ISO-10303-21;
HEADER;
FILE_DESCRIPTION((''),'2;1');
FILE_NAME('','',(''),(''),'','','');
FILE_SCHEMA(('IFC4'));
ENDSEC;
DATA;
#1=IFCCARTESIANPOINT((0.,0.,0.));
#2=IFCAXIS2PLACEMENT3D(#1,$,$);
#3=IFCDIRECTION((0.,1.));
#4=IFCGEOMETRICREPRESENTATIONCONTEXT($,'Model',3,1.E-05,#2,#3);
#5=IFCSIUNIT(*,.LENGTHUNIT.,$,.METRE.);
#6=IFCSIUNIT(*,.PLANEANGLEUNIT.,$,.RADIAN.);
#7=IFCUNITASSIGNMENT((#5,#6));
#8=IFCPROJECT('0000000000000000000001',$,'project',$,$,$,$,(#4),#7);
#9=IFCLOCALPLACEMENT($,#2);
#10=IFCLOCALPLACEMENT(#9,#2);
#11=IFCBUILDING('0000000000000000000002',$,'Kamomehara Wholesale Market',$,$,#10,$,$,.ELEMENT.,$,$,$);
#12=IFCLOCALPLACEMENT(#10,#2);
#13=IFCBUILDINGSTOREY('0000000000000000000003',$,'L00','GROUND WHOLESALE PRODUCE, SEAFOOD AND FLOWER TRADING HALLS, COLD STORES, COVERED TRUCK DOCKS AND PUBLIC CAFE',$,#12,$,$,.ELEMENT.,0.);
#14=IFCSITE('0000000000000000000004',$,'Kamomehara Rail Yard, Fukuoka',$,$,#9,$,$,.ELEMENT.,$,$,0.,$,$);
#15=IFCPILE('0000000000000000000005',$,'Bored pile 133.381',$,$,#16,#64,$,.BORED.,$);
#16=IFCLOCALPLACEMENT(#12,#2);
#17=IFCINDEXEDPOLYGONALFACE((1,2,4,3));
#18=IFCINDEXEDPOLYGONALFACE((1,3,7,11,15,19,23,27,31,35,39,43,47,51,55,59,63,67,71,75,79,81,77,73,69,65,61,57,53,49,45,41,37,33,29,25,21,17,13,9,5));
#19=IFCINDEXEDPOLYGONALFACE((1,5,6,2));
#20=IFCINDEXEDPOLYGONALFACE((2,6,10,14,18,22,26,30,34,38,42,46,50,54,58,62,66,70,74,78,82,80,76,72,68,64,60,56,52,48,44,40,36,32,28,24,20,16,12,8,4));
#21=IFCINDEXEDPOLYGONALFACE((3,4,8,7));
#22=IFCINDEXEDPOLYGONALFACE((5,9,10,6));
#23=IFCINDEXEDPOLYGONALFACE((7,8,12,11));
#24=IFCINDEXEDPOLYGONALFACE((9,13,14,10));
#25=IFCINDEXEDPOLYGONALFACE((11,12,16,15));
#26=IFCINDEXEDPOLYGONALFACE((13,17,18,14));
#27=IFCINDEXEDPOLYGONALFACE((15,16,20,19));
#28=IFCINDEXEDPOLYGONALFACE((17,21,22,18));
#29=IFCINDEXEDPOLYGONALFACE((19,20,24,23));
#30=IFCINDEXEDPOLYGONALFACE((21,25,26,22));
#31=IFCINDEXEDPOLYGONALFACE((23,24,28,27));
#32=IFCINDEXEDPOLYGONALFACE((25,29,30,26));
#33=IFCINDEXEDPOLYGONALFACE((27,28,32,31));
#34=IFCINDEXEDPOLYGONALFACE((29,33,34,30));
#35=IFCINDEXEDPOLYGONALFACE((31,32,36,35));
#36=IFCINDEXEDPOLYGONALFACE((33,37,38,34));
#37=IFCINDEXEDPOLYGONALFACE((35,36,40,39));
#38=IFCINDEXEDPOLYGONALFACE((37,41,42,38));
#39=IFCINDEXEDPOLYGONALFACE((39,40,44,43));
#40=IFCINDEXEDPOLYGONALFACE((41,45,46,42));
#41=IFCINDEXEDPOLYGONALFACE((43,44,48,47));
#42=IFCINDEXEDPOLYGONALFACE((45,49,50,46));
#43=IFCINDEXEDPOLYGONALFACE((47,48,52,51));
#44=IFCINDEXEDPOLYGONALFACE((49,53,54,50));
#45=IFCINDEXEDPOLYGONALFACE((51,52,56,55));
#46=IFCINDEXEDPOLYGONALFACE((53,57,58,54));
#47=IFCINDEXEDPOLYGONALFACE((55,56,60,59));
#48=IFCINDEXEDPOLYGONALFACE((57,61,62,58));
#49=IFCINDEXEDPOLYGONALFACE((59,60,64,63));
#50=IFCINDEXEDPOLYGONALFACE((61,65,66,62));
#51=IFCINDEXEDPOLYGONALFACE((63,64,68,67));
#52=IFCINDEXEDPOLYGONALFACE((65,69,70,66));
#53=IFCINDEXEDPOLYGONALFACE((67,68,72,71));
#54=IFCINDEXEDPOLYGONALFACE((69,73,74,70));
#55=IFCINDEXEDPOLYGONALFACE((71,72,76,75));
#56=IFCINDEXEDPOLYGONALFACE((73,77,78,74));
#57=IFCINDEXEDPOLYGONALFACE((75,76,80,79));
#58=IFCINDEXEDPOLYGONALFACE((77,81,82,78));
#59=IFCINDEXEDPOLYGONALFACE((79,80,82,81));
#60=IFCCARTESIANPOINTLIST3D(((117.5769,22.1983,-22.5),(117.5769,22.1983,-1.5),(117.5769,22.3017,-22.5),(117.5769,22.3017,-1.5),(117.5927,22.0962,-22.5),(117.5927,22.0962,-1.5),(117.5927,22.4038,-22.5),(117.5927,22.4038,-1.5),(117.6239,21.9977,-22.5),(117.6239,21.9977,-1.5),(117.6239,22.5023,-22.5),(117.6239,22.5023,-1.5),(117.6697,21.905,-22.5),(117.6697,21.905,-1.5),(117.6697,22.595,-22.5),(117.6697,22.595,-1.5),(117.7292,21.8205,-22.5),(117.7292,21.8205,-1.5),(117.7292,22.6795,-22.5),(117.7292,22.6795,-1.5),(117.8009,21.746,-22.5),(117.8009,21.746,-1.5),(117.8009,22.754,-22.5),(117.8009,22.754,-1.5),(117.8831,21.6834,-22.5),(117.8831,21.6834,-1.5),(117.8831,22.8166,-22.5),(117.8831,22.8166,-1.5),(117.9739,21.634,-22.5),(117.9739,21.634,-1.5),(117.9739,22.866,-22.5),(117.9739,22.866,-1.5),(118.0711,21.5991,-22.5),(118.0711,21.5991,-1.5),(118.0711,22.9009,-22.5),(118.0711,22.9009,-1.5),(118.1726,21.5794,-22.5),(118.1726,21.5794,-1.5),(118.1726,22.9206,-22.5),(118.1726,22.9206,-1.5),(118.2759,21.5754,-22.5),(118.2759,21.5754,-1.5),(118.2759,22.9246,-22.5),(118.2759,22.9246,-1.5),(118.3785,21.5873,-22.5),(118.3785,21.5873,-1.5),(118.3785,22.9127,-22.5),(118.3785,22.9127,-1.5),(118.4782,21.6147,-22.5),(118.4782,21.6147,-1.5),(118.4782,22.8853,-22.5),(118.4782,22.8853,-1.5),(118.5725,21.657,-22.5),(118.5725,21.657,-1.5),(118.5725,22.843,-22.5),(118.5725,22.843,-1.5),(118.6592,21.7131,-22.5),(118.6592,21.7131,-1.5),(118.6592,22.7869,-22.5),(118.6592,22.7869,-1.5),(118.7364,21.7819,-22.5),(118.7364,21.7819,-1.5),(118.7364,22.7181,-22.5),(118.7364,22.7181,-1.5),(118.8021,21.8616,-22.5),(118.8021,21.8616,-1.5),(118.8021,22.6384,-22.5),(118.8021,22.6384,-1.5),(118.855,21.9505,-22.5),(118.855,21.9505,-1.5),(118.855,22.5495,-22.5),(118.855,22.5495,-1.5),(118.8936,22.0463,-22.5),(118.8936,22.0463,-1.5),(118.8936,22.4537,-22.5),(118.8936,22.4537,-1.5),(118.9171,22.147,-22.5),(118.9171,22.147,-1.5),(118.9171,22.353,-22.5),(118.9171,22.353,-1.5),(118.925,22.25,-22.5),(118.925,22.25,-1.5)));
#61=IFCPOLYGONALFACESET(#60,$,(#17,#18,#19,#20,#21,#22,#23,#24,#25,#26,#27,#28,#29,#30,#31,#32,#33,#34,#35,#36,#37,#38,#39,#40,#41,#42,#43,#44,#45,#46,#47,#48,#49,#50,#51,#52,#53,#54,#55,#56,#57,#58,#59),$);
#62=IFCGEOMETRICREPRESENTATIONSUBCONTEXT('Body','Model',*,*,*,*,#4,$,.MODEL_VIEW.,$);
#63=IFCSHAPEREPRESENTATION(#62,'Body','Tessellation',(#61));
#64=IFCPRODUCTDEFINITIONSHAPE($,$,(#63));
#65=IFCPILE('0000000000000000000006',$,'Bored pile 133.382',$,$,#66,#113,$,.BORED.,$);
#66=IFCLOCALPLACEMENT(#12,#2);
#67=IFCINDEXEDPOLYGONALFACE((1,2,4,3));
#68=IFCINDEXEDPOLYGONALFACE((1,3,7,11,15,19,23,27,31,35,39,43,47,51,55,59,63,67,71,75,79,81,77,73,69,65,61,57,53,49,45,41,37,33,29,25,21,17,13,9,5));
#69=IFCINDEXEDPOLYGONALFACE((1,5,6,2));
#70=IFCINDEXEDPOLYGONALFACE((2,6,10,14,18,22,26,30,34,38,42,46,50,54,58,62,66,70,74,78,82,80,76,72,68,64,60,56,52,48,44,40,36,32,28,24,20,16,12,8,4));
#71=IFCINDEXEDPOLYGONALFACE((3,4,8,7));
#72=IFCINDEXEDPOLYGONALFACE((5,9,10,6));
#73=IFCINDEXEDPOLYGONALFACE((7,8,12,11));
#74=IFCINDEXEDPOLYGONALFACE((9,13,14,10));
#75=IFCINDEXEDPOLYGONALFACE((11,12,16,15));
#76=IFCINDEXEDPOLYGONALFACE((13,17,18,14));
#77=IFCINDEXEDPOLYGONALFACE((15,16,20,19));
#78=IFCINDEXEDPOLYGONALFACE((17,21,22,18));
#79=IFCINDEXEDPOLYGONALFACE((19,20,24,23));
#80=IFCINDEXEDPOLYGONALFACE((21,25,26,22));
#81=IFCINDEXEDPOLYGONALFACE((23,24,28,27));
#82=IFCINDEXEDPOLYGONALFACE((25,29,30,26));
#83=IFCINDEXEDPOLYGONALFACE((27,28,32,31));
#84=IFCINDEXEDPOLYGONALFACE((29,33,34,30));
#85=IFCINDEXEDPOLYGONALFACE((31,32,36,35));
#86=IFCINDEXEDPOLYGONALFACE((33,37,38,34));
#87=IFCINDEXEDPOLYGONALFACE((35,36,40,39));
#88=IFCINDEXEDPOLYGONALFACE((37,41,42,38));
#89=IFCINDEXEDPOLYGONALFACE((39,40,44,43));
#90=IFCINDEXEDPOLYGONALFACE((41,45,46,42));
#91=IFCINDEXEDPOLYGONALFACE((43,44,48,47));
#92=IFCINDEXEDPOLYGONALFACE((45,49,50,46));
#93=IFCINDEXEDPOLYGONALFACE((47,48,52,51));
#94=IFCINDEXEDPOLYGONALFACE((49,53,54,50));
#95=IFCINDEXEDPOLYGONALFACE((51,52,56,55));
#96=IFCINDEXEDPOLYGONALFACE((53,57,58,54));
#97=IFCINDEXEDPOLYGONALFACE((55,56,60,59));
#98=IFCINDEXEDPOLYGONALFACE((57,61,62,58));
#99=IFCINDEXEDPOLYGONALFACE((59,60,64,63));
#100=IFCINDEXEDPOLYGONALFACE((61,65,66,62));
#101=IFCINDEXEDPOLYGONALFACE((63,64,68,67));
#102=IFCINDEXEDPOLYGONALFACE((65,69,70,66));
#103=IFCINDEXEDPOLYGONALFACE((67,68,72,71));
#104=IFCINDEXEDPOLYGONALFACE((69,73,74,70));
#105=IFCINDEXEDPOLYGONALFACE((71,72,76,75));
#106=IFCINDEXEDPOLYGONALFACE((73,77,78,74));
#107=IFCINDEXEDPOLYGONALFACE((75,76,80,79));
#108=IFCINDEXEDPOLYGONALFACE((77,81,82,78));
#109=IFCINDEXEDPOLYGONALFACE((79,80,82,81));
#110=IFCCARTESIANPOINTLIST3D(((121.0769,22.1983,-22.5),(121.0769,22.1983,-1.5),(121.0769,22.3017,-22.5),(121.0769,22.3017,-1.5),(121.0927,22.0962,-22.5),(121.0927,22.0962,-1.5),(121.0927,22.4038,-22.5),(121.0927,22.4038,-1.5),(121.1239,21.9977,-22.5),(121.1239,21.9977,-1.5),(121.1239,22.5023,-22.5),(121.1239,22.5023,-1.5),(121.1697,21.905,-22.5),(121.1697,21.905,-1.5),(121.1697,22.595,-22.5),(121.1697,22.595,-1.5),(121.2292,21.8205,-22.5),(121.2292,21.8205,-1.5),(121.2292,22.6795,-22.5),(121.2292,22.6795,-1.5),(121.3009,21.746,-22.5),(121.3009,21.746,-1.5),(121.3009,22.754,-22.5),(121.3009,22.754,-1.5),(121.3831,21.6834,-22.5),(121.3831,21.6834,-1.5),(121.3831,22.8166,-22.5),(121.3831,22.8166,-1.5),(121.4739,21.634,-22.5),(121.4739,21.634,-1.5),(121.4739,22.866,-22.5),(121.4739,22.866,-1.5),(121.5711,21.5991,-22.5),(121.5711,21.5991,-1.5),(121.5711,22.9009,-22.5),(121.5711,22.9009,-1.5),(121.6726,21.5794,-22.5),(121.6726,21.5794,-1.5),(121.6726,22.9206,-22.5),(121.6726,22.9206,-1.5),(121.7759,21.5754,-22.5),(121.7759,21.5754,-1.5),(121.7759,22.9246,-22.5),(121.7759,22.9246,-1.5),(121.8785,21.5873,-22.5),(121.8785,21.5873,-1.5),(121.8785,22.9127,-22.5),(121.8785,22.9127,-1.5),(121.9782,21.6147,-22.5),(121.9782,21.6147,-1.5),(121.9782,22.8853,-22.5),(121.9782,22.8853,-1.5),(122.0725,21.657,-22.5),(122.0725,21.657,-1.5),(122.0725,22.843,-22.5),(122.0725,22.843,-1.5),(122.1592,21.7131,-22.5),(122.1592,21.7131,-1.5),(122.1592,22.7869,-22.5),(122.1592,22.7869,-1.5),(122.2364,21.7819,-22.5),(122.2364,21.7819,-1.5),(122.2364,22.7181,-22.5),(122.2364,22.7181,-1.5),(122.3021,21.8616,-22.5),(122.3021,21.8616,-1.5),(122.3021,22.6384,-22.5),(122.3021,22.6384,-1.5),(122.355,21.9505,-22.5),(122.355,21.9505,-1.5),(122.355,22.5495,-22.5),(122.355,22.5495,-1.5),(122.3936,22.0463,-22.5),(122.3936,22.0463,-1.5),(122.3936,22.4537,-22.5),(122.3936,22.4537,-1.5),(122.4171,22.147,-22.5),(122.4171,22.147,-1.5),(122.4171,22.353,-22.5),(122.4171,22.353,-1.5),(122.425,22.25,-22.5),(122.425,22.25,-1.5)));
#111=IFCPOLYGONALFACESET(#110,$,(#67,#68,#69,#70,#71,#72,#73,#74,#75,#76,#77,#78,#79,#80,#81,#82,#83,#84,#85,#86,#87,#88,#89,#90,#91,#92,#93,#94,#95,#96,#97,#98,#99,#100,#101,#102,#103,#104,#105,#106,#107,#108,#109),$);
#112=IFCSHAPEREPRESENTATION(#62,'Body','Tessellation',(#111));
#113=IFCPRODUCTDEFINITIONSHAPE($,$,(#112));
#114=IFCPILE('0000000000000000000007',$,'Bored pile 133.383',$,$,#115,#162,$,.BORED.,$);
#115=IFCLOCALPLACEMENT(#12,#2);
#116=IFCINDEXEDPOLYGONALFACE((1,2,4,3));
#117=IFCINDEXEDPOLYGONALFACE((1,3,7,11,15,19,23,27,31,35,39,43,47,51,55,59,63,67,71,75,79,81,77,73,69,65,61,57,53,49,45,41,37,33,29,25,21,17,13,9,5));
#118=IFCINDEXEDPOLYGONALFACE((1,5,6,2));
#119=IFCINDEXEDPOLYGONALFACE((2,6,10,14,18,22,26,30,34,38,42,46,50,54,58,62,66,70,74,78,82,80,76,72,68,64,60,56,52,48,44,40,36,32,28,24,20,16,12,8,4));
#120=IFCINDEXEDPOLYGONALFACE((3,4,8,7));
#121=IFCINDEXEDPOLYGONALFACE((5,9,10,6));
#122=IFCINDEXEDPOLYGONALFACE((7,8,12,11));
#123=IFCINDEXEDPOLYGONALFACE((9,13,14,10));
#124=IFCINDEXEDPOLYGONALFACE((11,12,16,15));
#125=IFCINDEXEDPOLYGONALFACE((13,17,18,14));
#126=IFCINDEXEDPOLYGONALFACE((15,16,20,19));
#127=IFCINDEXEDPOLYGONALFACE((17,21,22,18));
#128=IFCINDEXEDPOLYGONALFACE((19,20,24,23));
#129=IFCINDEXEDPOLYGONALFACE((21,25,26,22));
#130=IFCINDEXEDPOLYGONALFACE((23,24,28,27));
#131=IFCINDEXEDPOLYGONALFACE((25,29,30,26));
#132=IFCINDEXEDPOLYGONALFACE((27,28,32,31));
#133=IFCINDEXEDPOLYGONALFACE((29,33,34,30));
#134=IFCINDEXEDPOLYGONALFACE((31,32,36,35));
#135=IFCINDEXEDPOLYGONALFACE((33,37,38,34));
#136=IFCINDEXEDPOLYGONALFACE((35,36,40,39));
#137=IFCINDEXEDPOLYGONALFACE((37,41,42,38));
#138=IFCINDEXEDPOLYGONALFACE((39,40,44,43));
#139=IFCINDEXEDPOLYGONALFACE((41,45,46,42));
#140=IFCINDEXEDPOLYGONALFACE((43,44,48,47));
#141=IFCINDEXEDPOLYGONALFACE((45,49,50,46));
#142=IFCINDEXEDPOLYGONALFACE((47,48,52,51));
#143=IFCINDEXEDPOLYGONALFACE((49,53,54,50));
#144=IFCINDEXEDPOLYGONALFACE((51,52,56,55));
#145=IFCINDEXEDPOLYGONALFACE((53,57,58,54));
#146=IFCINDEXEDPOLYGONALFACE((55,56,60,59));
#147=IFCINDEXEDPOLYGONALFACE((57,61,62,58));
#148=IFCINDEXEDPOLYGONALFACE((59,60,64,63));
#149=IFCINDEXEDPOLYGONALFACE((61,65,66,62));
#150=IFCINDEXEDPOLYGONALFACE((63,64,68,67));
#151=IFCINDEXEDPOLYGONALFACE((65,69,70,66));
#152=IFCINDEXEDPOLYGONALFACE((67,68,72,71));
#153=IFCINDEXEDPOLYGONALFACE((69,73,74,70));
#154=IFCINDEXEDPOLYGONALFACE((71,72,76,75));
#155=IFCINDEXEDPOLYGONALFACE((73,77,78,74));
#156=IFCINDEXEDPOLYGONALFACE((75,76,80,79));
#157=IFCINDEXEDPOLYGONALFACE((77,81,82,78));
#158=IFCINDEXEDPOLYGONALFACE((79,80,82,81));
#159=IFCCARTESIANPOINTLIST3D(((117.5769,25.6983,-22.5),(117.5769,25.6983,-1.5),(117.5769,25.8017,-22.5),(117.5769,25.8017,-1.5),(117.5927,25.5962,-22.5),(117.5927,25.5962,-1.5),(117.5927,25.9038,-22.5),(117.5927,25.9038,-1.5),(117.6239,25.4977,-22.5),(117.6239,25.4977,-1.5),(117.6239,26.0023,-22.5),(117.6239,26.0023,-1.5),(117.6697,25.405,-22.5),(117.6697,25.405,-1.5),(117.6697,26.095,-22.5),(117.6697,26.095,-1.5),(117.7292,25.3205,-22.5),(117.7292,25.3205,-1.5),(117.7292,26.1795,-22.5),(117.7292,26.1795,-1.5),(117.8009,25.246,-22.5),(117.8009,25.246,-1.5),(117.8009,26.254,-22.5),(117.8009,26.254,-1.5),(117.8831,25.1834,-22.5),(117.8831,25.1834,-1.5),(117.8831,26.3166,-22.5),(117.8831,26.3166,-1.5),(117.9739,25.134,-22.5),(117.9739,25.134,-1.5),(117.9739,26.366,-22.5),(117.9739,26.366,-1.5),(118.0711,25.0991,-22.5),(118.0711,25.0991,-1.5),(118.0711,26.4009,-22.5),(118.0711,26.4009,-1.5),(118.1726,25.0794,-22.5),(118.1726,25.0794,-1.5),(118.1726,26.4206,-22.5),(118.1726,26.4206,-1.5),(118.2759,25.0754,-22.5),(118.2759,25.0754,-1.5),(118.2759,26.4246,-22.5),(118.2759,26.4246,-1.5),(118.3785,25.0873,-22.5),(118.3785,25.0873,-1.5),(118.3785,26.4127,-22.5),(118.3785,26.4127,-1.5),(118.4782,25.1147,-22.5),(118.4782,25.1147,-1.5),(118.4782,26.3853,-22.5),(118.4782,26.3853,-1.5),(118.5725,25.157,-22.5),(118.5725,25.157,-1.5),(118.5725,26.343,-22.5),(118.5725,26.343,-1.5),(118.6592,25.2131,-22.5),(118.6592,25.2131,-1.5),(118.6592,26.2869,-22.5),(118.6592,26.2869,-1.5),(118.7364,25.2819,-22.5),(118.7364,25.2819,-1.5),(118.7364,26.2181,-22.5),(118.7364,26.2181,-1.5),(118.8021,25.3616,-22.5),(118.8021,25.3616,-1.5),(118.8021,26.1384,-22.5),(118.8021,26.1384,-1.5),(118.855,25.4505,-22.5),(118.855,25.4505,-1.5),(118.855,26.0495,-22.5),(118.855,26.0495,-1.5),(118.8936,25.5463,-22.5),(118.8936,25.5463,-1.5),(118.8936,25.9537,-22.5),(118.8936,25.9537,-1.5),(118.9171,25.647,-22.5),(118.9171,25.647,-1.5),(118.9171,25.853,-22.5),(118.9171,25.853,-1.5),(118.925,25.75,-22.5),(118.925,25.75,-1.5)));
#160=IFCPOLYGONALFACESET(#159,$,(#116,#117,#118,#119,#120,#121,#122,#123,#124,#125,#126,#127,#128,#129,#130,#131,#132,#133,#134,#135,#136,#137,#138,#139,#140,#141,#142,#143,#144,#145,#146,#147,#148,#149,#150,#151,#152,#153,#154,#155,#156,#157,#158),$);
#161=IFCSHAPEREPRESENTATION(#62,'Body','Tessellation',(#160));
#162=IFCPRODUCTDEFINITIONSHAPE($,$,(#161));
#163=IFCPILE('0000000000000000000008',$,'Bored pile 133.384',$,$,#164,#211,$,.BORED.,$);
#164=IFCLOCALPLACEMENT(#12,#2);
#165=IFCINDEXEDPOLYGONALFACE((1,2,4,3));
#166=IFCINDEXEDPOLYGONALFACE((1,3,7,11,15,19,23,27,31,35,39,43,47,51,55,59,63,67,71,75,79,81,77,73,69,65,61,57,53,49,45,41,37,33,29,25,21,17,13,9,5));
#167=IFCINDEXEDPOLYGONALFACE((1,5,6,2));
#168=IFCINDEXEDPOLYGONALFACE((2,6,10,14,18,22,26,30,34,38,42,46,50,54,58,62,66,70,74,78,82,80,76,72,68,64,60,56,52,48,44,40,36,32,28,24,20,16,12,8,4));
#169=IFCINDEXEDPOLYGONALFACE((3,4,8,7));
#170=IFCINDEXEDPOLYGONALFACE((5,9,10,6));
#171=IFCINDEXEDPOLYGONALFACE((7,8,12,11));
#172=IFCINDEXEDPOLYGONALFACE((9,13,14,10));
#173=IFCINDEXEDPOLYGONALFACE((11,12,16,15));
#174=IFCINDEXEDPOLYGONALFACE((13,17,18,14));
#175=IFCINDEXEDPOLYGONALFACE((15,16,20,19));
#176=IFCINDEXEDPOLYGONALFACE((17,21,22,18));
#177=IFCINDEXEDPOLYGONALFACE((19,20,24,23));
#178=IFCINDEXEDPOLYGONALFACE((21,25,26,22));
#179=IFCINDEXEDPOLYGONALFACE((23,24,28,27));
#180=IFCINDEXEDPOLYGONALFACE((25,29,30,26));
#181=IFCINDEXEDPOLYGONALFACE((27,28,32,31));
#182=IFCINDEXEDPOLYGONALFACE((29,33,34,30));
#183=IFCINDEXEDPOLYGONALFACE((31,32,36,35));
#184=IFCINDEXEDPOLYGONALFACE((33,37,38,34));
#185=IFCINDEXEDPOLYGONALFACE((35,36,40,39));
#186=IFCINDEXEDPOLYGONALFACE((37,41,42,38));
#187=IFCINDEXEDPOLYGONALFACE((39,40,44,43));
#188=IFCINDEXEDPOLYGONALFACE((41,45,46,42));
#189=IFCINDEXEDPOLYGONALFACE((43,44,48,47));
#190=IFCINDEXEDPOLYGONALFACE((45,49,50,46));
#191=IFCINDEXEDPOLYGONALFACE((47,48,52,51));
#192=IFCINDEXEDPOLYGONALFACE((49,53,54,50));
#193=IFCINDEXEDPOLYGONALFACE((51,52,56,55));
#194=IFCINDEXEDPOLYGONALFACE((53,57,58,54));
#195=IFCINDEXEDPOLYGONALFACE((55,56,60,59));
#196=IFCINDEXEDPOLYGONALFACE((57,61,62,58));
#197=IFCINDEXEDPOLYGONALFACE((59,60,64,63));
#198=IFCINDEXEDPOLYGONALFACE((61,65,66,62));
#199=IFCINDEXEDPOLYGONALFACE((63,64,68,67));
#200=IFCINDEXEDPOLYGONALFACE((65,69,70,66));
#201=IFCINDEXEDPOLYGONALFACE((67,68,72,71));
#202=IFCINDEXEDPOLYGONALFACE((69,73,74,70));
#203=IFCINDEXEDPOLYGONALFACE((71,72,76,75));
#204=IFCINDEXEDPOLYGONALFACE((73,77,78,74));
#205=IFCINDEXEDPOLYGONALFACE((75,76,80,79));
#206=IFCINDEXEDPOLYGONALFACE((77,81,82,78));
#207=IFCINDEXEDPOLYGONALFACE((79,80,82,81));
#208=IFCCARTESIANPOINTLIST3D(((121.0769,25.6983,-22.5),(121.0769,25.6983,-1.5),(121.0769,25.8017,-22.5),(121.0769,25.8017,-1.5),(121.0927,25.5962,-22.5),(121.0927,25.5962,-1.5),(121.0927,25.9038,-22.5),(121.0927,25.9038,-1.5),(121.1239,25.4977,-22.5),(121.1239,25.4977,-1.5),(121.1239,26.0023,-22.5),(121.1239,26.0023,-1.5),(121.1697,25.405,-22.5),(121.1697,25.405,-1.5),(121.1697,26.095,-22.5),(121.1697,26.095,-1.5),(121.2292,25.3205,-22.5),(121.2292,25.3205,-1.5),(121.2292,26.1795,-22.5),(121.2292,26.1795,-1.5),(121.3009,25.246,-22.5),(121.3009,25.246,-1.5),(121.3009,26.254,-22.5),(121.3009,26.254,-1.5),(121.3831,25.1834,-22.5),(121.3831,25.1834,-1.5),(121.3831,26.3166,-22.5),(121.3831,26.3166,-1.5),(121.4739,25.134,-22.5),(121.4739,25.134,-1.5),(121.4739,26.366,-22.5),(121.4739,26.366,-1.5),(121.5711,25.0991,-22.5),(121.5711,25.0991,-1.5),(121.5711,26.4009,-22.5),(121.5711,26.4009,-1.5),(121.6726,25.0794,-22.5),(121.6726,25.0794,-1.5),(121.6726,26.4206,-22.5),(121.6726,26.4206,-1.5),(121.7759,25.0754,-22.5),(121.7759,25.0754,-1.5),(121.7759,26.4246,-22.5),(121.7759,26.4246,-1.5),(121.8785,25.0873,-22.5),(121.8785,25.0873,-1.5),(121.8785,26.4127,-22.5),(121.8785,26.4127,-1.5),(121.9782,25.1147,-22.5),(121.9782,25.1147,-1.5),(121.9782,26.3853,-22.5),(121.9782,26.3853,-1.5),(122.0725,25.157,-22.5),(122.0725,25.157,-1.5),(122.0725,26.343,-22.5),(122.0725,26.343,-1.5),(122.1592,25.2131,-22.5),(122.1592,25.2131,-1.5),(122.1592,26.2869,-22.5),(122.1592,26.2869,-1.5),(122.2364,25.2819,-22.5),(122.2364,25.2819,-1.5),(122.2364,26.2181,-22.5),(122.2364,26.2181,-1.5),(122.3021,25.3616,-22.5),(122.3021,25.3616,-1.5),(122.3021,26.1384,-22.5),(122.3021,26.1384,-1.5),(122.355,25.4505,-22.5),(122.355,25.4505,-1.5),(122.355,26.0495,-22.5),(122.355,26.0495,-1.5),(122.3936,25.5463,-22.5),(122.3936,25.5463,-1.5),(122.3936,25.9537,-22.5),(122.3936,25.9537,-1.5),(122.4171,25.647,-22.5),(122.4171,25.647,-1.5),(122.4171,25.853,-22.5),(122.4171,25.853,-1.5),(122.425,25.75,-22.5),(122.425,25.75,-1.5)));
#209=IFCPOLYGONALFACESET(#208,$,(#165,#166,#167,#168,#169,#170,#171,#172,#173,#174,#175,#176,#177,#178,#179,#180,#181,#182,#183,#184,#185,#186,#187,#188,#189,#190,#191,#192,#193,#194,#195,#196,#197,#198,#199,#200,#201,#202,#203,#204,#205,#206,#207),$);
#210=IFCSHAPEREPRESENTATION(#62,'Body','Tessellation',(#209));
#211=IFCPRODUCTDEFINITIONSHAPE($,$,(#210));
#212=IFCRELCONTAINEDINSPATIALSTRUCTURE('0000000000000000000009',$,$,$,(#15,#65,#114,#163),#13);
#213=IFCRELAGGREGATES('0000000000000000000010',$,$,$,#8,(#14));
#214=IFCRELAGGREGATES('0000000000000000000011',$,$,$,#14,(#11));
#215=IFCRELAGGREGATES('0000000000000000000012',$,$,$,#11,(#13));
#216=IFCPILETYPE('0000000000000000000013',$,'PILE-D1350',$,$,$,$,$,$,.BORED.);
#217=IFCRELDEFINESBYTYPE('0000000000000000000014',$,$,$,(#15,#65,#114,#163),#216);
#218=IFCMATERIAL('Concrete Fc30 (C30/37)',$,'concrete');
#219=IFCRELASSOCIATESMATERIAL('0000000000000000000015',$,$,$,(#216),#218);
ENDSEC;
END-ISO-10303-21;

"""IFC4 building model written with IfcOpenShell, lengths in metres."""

from ifc_helpers import new_model, si_unit, direction, frame, origin, origin_2d, place, context, subcontext, project, spatial, circle, extrude, material, material_profile, profile_set, type_object, element, save


model = new_model("IFC4")

# Units and contexts
model_context = context("Model", 3, precision=1e-05, world=origin(), true_north=direction((0.0, 1.0)))
body_context = subcontext(model_context, "Body", "Model", "MODEL_VIEW")
ifc_project = project(units=[si_unit("LENGTHUNIT", "METRE"), si_unit("PLANEANGLEUNIT", "RADIAN")], contexts=[model_context])

# Site, building, storey
site_placement = place(None, origin())
site = spatial("IfcSite", under=ifc_project, at=site_placement, Name="Kamomehara Rail Yard, Fukuoka", CompositionType="ELEMENT", RefElevation=0.0)
building_placement = place(site_placement, origin())
building = spatial("IfcBuilding", under=site, at=building_placement, Name="Kamomehara Wholesale Market", CompositionType="ELEMENT")
storey_placement = place(building_placement, origin())
storey = spatial("IfcBuildingStorey", under=building, at=storey_placement, Name="L00", Description="GROUND WHOLESALE PRODUCE, SEAFOOD AND FLOWER TRADING HALLS, COLD STORES, COVERED TRUCK DOCKS AND PUBLIC CAFE", CompositionType="ELEMENT", Elevation=0.0)

# Piles
ifc_material_1 = material(Name="Concrete Fc30 (C30/37)", Category="concrete")
ifc_material_profile_1 = material_profile(ifc_material_1, circle(Radius=0.675, at=origin_2d()), Name="RC-PILE-D1350")
ifc_profile_set_1 = profile_set([ifc_material_profile_1], Name="Concrete Fc30 (C30/37)")
pile_type_1 = type_object("IfcPileType", Name="PILE-D1350", PredefinedType="BORED", material=ifc_profile_set_1)
for number, where, z_axis, x_axis, name in (
    (1, (118.25, 22.25, -1.5), (0.0, 0.0, -1.0), (1.0, 0.0, 0.0), "Bored pile 133.381"),
    (2, (121.75, 22.25, -1.5), (0.0, 0.0, -1.0), (1.0, 0.0, 0.0), "Bored pile 133.382"),
    (3, (118.25, 25.75, -1.5), (0.0, 0.0, -1.0), (1.0, 0.0, 0.0), "Bored pile 133.383"),
    (4, (121.75, 25.75, -1.5), (0.0, 0.0, -1.0), (1.0, 0.0, 0.0), "Bored pile 133.384"),
):
    element("IfcPile", number, at=place(storey_placement, frame(where, z_axis=z_axis, x_axis=x_axis)), inside=storey, type_object=pile_type_1, Name=name, PredefinedType="BORED", context=body_context, shape_type="SweptSolid", body=[
        extrude(circle(Radius=0.675, at=origin_2d()), origin(), (0.0, 0.0, 1.0), 21.0),
    ])

save(model, "model.ifc")
